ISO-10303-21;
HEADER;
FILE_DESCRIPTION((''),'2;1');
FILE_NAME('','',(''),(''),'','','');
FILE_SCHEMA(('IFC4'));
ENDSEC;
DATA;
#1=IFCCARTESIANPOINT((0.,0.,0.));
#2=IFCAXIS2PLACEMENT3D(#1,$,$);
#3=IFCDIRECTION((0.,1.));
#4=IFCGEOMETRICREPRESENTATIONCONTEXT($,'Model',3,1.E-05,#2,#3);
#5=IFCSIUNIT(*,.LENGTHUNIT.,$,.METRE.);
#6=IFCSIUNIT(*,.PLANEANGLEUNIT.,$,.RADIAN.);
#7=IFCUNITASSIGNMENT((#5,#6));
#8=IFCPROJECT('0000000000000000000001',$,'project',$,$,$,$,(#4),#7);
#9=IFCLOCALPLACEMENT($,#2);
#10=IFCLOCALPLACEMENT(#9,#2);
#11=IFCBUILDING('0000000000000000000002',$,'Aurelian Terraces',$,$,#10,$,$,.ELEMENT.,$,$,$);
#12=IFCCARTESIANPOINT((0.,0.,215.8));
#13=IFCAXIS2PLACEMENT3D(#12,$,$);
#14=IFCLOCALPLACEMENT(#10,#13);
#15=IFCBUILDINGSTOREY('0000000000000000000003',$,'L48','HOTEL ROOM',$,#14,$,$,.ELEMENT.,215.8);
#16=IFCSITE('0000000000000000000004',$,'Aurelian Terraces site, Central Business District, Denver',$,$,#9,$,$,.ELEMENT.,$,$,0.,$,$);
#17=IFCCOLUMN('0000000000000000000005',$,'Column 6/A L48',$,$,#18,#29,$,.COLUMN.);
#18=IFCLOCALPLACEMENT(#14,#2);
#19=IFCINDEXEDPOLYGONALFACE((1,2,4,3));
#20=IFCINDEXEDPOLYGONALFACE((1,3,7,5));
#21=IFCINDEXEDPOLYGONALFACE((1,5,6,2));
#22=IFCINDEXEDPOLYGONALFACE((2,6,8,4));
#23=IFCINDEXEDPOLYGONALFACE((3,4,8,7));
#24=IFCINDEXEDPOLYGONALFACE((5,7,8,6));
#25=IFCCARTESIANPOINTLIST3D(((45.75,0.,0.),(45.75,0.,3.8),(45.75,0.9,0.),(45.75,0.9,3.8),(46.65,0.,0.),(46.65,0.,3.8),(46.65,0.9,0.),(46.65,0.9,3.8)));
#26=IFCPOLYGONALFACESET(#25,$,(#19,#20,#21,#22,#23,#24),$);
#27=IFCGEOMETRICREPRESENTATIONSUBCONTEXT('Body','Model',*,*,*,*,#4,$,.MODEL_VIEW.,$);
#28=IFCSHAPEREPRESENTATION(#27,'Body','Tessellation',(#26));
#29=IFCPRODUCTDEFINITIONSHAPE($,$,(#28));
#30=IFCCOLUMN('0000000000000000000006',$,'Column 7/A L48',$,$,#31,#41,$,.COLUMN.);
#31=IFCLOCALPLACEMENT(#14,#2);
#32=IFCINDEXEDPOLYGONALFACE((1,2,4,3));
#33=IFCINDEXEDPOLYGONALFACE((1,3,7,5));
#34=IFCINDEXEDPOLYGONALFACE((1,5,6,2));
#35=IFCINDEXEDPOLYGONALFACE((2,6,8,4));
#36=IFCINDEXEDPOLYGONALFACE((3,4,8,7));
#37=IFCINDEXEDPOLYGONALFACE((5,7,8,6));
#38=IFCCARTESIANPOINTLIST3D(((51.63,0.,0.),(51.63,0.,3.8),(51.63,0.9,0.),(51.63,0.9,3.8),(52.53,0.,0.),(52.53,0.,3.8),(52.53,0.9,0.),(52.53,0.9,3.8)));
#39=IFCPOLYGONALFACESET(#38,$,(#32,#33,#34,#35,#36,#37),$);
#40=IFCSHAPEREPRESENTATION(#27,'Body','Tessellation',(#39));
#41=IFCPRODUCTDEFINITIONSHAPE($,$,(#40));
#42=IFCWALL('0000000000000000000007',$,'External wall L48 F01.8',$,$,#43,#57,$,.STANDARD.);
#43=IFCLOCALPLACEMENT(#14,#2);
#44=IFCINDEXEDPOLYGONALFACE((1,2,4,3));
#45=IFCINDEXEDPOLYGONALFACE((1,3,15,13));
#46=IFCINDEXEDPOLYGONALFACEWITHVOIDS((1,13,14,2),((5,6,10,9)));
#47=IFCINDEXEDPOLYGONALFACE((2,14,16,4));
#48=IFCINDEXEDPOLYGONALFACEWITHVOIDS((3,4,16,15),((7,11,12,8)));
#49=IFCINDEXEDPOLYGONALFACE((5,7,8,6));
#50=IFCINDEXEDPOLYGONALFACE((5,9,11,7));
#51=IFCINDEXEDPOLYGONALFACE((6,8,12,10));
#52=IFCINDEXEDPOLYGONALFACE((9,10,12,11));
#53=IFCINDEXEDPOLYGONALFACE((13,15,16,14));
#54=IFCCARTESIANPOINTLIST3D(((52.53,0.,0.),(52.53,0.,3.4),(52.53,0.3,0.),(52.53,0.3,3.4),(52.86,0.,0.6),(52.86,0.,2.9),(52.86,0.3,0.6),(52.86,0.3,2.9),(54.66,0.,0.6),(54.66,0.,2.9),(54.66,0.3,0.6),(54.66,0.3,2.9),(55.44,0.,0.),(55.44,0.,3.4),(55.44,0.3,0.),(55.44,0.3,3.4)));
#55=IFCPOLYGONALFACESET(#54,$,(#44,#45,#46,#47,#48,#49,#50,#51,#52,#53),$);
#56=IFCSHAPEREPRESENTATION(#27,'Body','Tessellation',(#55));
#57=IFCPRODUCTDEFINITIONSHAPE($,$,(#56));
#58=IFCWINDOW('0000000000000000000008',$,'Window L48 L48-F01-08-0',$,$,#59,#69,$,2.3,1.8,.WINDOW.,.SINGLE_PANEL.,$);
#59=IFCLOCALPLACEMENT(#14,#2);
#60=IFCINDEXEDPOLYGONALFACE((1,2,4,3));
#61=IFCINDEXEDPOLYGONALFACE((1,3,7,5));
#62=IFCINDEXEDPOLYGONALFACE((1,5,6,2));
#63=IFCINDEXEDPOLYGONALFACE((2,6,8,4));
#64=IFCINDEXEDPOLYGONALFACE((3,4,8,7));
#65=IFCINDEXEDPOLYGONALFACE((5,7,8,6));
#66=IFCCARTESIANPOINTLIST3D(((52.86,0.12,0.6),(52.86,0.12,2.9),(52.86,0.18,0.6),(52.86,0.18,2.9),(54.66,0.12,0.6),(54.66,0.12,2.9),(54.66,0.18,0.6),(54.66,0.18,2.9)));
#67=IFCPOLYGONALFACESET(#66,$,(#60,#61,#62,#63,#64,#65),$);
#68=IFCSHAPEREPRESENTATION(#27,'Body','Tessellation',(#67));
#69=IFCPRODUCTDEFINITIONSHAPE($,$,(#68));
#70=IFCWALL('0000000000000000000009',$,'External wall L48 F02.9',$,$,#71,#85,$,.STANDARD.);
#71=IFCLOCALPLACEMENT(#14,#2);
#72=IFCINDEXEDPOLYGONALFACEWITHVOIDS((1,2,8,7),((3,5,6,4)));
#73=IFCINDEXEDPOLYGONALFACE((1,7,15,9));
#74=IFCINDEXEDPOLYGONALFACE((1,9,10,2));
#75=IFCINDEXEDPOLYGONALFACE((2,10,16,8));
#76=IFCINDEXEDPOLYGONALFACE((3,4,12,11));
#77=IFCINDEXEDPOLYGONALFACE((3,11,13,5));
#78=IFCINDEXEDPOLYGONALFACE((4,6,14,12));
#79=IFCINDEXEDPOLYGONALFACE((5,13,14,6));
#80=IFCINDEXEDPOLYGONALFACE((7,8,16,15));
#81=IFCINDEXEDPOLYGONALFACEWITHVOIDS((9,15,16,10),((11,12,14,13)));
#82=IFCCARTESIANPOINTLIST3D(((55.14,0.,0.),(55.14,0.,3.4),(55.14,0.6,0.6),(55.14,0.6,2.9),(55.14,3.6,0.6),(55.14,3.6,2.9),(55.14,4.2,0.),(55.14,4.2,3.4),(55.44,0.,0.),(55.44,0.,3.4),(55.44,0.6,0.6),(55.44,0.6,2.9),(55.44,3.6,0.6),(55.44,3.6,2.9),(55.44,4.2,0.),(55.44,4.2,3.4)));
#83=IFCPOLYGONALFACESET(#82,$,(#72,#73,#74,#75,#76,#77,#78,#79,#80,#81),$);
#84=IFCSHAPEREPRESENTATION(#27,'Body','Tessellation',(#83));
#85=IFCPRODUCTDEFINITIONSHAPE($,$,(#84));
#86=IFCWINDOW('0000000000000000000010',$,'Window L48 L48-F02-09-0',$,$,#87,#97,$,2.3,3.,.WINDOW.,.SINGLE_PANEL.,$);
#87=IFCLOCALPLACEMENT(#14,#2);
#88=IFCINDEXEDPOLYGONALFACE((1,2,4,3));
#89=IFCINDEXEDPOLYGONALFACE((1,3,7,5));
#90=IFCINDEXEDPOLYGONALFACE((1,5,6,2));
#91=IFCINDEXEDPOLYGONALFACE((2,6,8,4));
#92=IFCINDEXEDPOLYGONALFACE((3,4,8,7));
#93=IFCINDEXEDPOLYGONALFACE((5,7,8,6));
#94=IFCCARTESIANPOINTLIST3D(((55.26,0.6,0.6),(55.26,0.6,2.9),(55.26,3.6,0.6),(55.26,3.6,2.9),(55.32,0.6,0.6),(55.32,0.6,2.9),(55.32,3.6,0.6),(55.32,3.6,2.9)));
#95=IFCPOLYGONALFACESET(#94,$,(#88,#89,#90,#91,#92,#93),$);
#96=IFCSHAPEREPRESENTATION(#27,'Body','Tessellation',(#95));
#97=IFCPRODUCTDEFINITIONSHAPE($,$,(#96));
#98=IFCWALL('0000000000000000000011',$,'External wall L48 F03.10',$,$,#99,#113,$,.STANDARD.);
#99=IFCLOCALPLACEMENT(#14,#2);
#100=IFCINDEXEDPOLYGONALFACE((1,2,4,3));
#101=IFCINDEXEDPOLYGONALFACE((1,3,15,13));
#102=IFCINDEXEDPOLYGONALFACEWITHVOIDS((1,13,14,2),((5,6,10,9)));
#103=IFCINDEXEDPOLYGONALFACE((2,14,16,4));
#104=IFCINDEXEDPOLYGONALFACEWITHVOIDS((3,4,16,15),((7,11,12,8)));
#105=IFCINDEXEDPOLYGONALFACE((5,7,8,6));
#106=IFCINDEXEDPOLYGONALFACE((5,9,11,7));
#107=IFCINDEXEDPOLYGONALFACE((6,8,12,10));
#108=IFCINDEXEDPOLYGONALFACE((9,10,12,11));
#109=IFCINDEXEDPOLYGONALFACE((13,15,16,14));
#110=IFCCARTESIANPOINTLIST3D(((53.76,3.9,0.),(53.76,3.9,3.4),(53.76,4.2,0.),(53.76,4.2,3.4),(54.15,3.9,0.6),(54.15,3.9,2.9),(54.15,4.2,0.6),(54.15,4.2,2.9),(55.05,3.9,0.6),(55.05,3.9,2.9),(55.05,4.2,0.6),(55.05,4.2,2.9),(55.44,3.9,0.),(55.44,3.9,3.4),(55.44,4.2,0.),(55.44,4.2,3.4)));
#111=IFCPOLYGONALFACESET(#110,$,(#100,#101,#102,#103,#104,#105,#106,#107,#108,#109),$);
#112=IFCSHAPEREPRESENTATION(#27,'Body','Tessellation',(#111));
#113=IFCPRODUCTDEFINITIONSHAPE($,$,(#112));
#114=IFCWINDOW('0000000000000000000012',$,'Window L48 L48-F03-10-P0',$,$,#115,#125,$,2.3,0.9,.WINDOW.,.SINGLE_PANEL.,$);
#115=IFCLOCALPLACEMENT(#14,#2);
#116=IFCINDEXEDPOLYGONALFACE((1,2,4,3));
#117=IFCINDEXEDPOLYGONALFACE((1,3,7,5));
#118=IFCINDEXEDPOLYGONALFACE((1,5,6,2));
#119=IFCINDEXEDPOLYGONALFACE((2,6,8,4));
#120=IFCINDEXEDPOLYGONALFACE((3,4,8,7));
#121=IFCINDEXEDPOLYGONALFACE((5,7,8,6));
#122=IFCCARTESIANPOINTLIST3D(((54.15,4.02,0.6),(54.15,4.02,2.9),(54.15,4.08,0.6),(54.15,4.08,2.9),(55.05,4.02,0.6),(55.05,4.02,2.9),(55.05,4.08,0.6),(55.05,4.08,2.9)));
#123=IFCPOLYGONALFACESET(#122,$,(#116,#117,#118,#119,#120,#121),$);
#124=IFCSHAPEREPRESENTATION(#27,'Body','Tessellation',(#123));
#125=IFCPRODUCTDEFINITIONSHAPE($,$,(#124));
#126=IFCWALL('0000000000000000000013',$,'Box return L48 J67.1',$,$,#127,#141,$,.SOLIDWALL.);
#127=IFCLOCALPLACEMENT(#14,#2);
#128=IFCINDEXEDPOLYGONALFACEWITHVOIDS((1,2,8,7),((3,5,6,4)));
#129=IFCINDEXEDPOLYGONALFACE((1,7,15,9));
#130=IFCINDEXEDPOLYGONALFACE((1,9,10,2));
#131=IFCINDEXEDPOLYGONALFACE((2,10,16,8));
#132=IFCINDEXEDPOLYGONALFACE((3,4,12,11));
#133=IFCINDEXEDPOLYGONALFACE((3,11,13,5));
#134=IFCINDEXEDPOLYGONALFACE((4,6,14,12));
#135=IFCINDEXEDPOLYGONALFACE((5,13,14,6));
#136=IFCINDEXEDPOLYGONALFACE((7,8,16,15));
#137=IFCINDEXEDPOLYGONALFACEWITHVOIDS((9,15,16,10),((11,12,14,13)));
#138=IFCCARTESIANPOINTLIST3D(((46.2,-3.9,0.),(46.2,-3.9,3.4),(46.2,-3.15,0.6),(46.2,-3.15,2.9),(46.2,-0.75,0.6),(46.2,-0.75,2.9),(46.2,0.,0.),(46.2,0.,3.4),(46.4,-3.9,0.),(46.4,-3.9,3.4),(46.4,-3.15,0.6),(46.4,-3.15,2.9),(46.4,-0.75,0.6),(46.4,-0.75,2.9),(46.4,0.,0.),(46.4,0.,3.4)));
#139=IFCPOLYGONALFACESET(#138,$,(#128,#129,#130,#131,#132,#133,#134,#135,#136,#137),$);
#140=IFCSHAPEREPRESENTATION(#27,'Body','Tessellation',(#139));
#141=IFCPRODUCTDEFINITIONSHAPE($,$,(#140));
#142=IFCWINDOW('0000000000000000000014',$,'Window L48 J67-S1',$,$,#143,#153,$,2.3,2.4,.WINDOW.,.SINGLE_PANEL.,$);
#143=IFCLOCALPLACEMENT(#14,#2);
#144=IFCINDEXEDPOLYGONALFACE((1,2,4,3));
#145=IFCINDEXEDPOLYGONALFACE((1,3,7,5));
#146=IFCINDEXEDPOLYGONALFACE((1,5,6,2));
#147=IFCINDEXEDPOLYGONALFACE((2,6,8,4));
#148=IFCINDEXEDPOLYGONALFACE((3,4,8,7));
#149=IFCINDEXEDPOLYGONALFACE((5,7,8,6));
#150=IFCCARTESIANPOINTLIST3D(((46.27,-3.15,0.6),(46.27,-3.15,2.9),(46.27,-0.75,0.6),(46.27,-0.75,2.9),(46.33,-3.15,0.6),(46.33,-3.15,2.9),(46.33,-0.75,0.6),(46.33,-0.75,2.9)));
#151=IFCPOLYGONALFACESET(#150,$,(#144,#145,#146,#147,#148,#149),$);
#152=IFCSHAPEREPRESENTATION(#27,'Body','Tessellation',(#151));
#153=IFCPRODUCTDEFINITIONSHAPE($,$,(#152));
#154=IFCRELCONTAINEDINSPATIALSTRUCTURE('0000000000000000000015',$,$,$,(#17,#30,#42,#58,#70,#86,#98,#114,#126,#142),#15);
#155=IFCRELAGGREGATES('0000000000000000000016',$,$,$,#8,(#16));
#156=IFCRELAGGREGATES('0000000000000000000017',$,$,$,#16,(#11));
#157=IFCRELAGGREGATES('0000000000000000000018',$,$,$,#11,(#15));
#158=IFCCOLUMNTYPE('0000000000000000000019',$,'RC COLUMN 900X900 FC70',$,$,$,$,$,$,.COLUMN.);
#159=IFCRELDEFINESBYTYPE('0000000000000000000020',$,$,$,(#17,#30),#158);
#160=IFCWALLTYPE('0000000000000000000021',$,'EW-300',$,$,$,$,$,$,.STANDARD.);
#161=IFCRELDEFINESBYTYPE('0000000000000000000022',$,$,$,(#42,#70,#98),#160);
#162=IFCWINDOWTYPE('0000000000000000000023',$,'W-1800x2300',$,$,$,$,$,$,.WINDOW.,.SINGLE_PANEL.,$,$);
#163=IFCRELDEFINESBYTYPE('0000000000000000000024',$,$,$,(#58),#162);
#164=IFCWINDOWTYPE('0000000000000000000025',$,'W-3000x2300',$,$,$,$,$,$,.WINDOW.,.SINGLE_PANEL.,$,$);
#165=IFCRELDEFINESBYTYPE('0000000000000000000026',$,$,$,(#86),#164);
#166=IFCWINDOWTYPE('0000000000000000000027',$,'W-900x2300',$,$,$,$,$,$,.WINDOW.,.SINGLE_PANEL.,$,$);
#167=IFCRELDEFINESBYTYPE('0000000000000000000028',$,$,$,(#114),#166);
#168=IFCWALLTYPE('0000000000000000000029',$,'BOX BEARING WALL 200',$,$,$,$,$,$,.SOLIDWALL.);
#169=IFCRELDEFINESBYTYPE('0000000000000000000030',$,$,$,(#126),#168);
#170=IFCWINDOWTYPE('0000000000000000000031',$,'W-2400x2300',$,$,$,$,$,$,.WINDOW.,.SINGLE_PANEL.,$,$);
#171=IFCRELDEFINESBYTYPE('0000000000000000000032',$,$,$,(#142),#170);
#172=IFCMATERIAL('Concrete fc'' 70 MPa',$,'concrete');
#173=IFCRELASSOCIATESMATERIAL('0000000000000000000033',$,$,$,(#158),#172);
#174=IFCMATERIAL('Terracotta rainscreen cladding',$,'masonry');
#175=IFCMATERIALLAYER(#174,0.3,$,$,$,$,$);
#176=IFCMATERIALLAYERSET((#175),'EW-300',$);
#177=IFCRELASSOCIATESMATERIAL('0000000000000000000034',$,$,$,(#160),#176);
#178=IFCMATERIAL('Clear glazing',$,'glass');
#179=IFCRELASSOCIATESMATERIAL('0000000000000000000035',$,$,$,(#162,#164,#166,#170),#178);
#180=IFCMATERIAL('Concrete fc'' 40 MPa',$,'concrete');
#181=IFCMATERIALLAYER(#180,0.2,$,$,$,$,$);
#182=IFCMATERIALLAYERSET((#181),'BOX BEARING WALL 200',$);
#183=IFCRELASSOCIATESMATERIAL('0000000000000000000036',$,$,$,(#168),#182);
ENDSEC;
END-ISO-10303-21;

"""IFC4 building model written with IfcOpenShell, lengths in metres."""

from ifc_helpers import new_model, si_unit, direction, frame, frame_2d, origin, origin_2d, place, context, subcontext, project, spatial, rectangle, extrude, source, transform, mapped, material, layer, layer_set, material_profile, profile_set, type_object, element, fill, save


model = new_model("IFC4")

# Units and contexts
model_context = context("Model", 3, precision=1e-05, world=origin(), true_north=direction((0.0, 1.0)))
body_context = subcontext(model_context, "Body", "Model", "MODEL_VIEW")
ifc_project = project(units=[si_unit("LENGTHUNIT", "METRE"), si_unit("PLANEANGLEUNIT", "RADIAN")], contexts=[model_context])

# Site, building, storey
site_placement = place(None, origin())
site = spatial("IfcSite", under=ifc_project, at=site_placement, Name="Aurelian Terraces site, Central Business District, Denver", CompositionType="ELEMENT", RefElevation=0.0)
building_placement = place(site_placement, origin())
building = spatial("IfcBuilding", under=site, at=building_placement, Name="Aurelian Terraces", CompositionType="ELEMENT")
storey_placement = place(building_placement, frame((0.0, 0.0, 215.8)))
storey = spatial("IfcBuildingStorey", under=building, at=storey_placement, Name="L48", Description="HOTEL ROOM", CompositionType="ELEMENT", Elevation=215.8)

# Columns
ifc_material_1 = material(Name="Concrete fc' 70 MPa", Category="concrete")
ifc_material_profile = material_profile(ifc_material_1, rectangle(XDim=0.9, YDim=0.9, at=origin_2d()))
ifc_profile_set = profile_set([ifc_material_profile], Name="Concrete fc' 70 MPa")
column_type = type_object("IfcColumnType", Name="RC COLUMN 900X900 FC70", PredefinedType="COLUMN", material=ifc_profile_set)
shared_shape_1 = source(origin(), body_context, "Body", "SweptSolid", [
    extrude(rectangle(XDim=0.9, YDim=0.9, at=origin_2d()), origin(), (0.0, 0.0, 1.0), 3.8),
])
for number, where, z_axis, x_axis, name in (
    (1, (46.2, 0.45, 0.0), (0.0, 0.0, 1.0), (1.0, 0.0, 0.0), "Column 6/A L48"),
    (2, (52.08, 0.45, 0.0), (0.0, 0.0, 1.0), (1.0, 0.0, 0.0), "Column 7/A L48"),
):
    element("IfcColumn", number, at=place(storey_placement, frame(where, z_axis=z_axis, x_axis=x_axis)), inside=storey, type_object=column_type, Name=name, PredefinedType="COLUMN", context=body_context, shape_type="MappedRepresentation", body=[
        mapped(shared_shape_1, transform((0.0, 0.0, 0.0), scale=1.0)),
    ])

# Walls, openings, windows
ifc_material_2 = material(Name="Terracotta rainscreen cladding", Category="masonry")
ifc_layer_1 = layer(ifc_material_2, 0.3)
ifc_layer_set_1 = layer_set([ifc_layer_1], Name="EW-300")
wall_type_1 = type_object("IfcWallType", Name="EW-300", PredefinedType="STANDARD", material=ifc_layer_set_1)
shared_shape_2 = source(origin(), body_context, "Body", "SweptSolid", [
    extrude(rectangle(XDim=2.91, YDim=0.3, at=frame_2d((1.455, 0.0))), origin(), (0.0, 0.0, 1.0), 3.4),
])
wall_1_placement = place(storey_placement, frame((52.53, 0.15, 0.0), z_axis=(0.0, 0.0, 1.0), x_axis=(1.0, 0.0, 0.0)))
wall_1 = element("IfcWall", 3, at=wall_1_placement, inside=storey, type_object=wall_type_1, Name="External wall L48 F01.8", PredefinedType="STANDARD", context=body_context, shape_type="MappedRepresentation", body=[
    mapped(shared_shape_2, transform((0.0, 0.0, 0.0), scale=1.0)),
])
shared_shape_3 = source(origin(), body_context, "Body", "SweptSolid", [
    extrude(rectangle(XDim=1.8, YDim=2.3, at=frame_2d((0.9, 1.15))), frame((0.0, 0.16, 0.0), z_axis=(0.0, -1.0, 0.0), x_axis=(1.0, 0.0, 0.0)), (0.0, 0.0, 1.0), 0.32),
])
opening_1_placement = place(wall_1_placement, frame((0.33, 0.0, 0.6)))
opening_1 = element("IfcOpeningElement", 4, at=opening_1_placement, cuts=wall_1, PredefinedType="OPENING", context=body_context, shape_type="MappedRepresentation", body=[
    mapped(shared_shape_3, transform((0.0, 0.0, 0.0), scale=1.0)),
])
ifc_material_3 = material(Name="Clear glazing", Category="glass")
window_type_1 = type_object("IfcWindowType", Name="W-1800x2300", PartitioningType="SINGLE_PANEL", PredefinedType="WINDOW", material=ifc_material_3)
shared_shape_4 = source(origin(), body_context, "Body", "SweptSolid", [
    extrude(rectangle(XDim=1.8, YDim=2.3, at=frame_2d((0.9, 1.15))), frame((0.0, 0.03, 0.0), z_axis=(0.0, -1.0, 0.0), x_axis=(1.0, 0.0, 0.0)), (0.0, 0.0, 1.0), 0.06),
])
window_1_placement = place(opening_1_placement, origin())
window_1 = element("IfcWindow", 5, at=window_1_placement, inside=storey, type_object=window_type_1, Name="Window L48 L48-F01-08-0", OverallHeight=2.3, OverallWidth=1.8, PartitioningType="SINGLE_PANEL", PredefinedType="WINDOW", context=body_context, shape_type="MappedRepresentation", body=[
    mapped(shared_shape_4, transform((0.0, 0.0, 0.0), scale=1.0)),
])
fill(opening_1, window_1)
shared_shape_5 = source(origin(), body_context, "Body", "SweptSolid", [
    extrude(rectangle(XDim=4.2, YDim=0.3, at=frame_2d((2.1, 0.0))), origin(), (0.0, 0.0, 1.0), 3.4),
])
wall_2_placement = place(storey_placement, frame((55.29, 0.0, 0.0), z_axis=(0.0, 0.0, 1.0), x_axis=(0.0, 1.0, 0.0)))
wall_2 = element("IfcWall", 6, at=wall_2_placement, inside=storey, type_object=wall_type_1, Name="External wall L48 F02.9", PredefinedType="STANDARD", context=body_context, shape_type="MappedRepresentation", body=[
    mapped(shared_shape_5, transform((0.0, 0.0, 0.0), scale=1.0)),
])
shared_shape_6 = source(origin(), body_context, "Body", "SweptSolid", [
    extrude(rectangle(XDim=3.0, YDim=2.3, at=frame_2d((1.5, 1.15))), frame((0.0, 0.16, 0.0), z_axis=(0.0, -1.0, 0.0), x_axis=(1.0, 0.0, 0.0)), (0.0, 0.0, 1.0), 0.32),
])
opening_2_placement = place(wall_2_placement, frame((0.6, 0.0, 0.6)))
opening_2 = element("IfcOpeningElement", 7, at=opening_2_placement, cuts=wall_2, PredefinedType="OPENING", context=body_context, shape_type="MappedRepresentation", body=[
    mapped(shared_shape_6, transform((0.0, 0.0, 0.0), scale=1.0)),
])
window_type_2 = type_object("IfcWindowType", Name="W-3000x2300", PartitioningType="SINGLE_PANEL", PredefinedType="WINDOW", material=ifc_material_3)
shared_shape_7 = source(origin(), body_context, "Body", "SweptSolid", [
    extrude(rectangle(XDim=3.0, YDim=2.3, at=frame_2d((1.5, 1.15))), frame((0.0, 0.03, 0.0), z_axis=(0.0, -1.0, 0.0), x_axis=(1.0, 0.0, 0.0)), (0.0, 0.0, 1.0), 0.06),
])
window_2_placement = place(opening_2_placement, origin())
window_2 = element("IfcWindow", 8, at=window_2_placement, inside=storey, type_object=window_type_2, Name="Window L48 L48-F02-09-0", OverallHeight=2.3, OverallWidth=3.0, PartitioningType="SINGLE_PANEL", PredefinedType="WINDOW", context=body_context, shape_type="MappedRepresentation", body=[
    mapped(shared_shape_7, transform((0.0, 0.0, 0.0), scale=1.0)),
])
fill(opening_2, window_2)
shared_shape_8 = source(origin(), body_context, "Body", "SweptSolid", [
    extrude(rectangle(XDim=1.68, YDim=0.3, at=frame_2d((0.84, 0.0))), origin(), (0.0, 0.0, 1.0), 3.4),
])
wall_3_placement = place(storey_placement, frame((55.44, 4.05, 0.0), z_axis=(0.0, 0.0, 1.0), x_axis=(-1.0, 0.0, 0.0)))
wall_3 = element("IfcWall", 9, at=wall_3_placement, inside=storey, type_object=wall_type_1, Name="External wall L48 F03.10", PredefinedType="STANDARD", context=body_context, shape_type="MappedRepresentation", body=[
    mapped(shared_shape_8, transform((0.0, 0.0, 0.0), scale=1.0)),
])
shared_shape_9 = source(origin(), body_context, "Body", "SweptSolid", [
    extrude(rectangle(XDim=0.9, YDim=2.3, at=frame_2d((0.45, 1.15))), frame((0.0, 0.16, 0.0), z_axis=(0.0, -1.0, 0.0), x_axis=(1.0, 0.0, 0.0)), (0.0, 0.0, 1.0), 0.32),
])
opening_3_placement = place(wall_3_placement, frame((0.39, 0.0, 0.6)))
opening_3 = element("IfcOpeningElement", 10, at=opening_3_placement, cuts=wall_3, PredefinedType="OPENING", context=body_context, shape_type="MappedRepresentation", body=[
    mapped(shared_shape_9, transform((0.0, 0.0, 0.0), scale=1.0)),
])
window_type_3 = type_object("IfcWindowType", Name="W-900x2300", PartitioningType="SINGLE_PANEL", PredefinedType="WINDOW", material=ifc_material_3)
shared_shape_10 = source(origin(), body_context, "Body", "SweptSolid", [
    extrude(rectangle(XDim=0.9, YDim=2.3, at=frame_2d((0.45, 1.15))), frame((0.0, 0.03, 0.0), z_axis=(0.0, -1.0, 0.0), x_axis=(1.0, 0.0, 0.0)), (0.0, 0.0, 1.0), 0.06),
])
window_3_placement = place(opening_3_placement, origin())
window_3 = element("IfcWindow", 11, at=window_3_placement, inside=storey, type_object=window_type_3, Name="Window L48 L48-F03-10-P0", OverallHeight=2.3, OverallWidth=0.9, PartitioningType="SINGLE_PANEL", PredefinedType="WINDOW", context=body_context, shape_type="MappedRepresentation", body=[
    mapped(shared_shape_10, transform((0.0, 0.0, 0.0), scale=1.0)),
])
fill(opening_3, window_3)
ifc_material_4 = material(Name="Concrete fc' 40 MPa", Category="concrete")
ifc_layer_2 = layer(ifc_material_4, 0.2)
ifc_layer_set_2 = layer_set([ifc_layer_2], Name="BOX BEARING WALL 200")
wall_type_2 = type_object("IfcWallType", Name="BOX BEARING WALL 200", PredefinedType="SOLIDWALL", material=ifc_layer_set_2)
shared_shape_11 = source(origin(), body_context, "Body", "SweptSolid", [
    extrude(rectangle(XDim=3.9, YDim=0.2, at=frame_2d((1.95, 0.0))), origin(), (0.0, 0.0, 1.0), 3.4),
])
wall_4_placement = place(storey_placement, frame((46.3, 0.0, 0.0), z_axis=(0.0, 0.0, 1.0), x_axis=(0.0, -1.0, 0.0)))
wall_4 = element("IfcWall", 12, at=wall_4_placement, inside=storey, type_object=wall_type_2, Name="Box return L48 J67.1", PredefinedType="SOLIDWALL", context=body_context, shape_type="MappedRepresentation", body=[
    mapped(shared_shape_11, transform((0.0, 0.0, 0.0), scale=1.0)),
])
shared_shape_12 = source(origin(), body_context, "Body", "SweptSolid", [
    extrude(rectangle(XDim=2.4, YDim=2.3, at=frame_2d((1.2, 1.15))), frame((0.0, 0.11, 0.0), z_axis=(0.0, -1.0, 0.0), x_axis=(1.0, 0.0, 0.0)), (0.0, 0.0, 1.0), 0.22),
])
opening_4_placement = place(wall_4_placement, frame((0.75, 0.0, 0.6)))
opening_4 = element("IfcOpeningElement", 13, at=opening_4_placement, cuts=wall_4, PredefinedType="OPENING", context=body_context, shape_type="MappedRepresentation", body=[
    mapped(shared_shape_12, transform((0.0, 0.0, 0.0), scale=1.0)),
])
window_type_4 = type_object("IfcWindowType", Name="W-2400x2300", PartitioningType="SINGLE_PANEL", PredefinedType="WINDOW", material=ifc_material_3)
shared_shape_13 = source(origin(), body_context, "Body", "SweptSolid", [
    extrude(rectangle(XDim=2.4, YDim=2.3, at=frame_2d((1.2, 1.15))), frame((0.0, 0.03, 0.0), z_axis=(0.0, -1.0, 0.0), x_axis=(1.0, 0.0, 0.0)), (0.0, 0.0, 1.0), 0.06),
])
window_4_placement = place(opening_4_placement, origin())
window_4 = element("IfcWindow", 14, at=window_4_placement, inside=storey, type_object=window_type_4, Name="Window L48 J67-S1", OverallHeight=2.3, OverallWidth=2.4, PartitioningType="SINGLE_PANEL", PredefinedType="WINDOW", context=body_context, shape_type="MappedRepresentation", body=[
    mapped(shared_shape_13, transform((0.0, 0.0, 0.0), scale=1.0)),
])
fill(opening_4, window_4)

save(model, "model.ifc")
